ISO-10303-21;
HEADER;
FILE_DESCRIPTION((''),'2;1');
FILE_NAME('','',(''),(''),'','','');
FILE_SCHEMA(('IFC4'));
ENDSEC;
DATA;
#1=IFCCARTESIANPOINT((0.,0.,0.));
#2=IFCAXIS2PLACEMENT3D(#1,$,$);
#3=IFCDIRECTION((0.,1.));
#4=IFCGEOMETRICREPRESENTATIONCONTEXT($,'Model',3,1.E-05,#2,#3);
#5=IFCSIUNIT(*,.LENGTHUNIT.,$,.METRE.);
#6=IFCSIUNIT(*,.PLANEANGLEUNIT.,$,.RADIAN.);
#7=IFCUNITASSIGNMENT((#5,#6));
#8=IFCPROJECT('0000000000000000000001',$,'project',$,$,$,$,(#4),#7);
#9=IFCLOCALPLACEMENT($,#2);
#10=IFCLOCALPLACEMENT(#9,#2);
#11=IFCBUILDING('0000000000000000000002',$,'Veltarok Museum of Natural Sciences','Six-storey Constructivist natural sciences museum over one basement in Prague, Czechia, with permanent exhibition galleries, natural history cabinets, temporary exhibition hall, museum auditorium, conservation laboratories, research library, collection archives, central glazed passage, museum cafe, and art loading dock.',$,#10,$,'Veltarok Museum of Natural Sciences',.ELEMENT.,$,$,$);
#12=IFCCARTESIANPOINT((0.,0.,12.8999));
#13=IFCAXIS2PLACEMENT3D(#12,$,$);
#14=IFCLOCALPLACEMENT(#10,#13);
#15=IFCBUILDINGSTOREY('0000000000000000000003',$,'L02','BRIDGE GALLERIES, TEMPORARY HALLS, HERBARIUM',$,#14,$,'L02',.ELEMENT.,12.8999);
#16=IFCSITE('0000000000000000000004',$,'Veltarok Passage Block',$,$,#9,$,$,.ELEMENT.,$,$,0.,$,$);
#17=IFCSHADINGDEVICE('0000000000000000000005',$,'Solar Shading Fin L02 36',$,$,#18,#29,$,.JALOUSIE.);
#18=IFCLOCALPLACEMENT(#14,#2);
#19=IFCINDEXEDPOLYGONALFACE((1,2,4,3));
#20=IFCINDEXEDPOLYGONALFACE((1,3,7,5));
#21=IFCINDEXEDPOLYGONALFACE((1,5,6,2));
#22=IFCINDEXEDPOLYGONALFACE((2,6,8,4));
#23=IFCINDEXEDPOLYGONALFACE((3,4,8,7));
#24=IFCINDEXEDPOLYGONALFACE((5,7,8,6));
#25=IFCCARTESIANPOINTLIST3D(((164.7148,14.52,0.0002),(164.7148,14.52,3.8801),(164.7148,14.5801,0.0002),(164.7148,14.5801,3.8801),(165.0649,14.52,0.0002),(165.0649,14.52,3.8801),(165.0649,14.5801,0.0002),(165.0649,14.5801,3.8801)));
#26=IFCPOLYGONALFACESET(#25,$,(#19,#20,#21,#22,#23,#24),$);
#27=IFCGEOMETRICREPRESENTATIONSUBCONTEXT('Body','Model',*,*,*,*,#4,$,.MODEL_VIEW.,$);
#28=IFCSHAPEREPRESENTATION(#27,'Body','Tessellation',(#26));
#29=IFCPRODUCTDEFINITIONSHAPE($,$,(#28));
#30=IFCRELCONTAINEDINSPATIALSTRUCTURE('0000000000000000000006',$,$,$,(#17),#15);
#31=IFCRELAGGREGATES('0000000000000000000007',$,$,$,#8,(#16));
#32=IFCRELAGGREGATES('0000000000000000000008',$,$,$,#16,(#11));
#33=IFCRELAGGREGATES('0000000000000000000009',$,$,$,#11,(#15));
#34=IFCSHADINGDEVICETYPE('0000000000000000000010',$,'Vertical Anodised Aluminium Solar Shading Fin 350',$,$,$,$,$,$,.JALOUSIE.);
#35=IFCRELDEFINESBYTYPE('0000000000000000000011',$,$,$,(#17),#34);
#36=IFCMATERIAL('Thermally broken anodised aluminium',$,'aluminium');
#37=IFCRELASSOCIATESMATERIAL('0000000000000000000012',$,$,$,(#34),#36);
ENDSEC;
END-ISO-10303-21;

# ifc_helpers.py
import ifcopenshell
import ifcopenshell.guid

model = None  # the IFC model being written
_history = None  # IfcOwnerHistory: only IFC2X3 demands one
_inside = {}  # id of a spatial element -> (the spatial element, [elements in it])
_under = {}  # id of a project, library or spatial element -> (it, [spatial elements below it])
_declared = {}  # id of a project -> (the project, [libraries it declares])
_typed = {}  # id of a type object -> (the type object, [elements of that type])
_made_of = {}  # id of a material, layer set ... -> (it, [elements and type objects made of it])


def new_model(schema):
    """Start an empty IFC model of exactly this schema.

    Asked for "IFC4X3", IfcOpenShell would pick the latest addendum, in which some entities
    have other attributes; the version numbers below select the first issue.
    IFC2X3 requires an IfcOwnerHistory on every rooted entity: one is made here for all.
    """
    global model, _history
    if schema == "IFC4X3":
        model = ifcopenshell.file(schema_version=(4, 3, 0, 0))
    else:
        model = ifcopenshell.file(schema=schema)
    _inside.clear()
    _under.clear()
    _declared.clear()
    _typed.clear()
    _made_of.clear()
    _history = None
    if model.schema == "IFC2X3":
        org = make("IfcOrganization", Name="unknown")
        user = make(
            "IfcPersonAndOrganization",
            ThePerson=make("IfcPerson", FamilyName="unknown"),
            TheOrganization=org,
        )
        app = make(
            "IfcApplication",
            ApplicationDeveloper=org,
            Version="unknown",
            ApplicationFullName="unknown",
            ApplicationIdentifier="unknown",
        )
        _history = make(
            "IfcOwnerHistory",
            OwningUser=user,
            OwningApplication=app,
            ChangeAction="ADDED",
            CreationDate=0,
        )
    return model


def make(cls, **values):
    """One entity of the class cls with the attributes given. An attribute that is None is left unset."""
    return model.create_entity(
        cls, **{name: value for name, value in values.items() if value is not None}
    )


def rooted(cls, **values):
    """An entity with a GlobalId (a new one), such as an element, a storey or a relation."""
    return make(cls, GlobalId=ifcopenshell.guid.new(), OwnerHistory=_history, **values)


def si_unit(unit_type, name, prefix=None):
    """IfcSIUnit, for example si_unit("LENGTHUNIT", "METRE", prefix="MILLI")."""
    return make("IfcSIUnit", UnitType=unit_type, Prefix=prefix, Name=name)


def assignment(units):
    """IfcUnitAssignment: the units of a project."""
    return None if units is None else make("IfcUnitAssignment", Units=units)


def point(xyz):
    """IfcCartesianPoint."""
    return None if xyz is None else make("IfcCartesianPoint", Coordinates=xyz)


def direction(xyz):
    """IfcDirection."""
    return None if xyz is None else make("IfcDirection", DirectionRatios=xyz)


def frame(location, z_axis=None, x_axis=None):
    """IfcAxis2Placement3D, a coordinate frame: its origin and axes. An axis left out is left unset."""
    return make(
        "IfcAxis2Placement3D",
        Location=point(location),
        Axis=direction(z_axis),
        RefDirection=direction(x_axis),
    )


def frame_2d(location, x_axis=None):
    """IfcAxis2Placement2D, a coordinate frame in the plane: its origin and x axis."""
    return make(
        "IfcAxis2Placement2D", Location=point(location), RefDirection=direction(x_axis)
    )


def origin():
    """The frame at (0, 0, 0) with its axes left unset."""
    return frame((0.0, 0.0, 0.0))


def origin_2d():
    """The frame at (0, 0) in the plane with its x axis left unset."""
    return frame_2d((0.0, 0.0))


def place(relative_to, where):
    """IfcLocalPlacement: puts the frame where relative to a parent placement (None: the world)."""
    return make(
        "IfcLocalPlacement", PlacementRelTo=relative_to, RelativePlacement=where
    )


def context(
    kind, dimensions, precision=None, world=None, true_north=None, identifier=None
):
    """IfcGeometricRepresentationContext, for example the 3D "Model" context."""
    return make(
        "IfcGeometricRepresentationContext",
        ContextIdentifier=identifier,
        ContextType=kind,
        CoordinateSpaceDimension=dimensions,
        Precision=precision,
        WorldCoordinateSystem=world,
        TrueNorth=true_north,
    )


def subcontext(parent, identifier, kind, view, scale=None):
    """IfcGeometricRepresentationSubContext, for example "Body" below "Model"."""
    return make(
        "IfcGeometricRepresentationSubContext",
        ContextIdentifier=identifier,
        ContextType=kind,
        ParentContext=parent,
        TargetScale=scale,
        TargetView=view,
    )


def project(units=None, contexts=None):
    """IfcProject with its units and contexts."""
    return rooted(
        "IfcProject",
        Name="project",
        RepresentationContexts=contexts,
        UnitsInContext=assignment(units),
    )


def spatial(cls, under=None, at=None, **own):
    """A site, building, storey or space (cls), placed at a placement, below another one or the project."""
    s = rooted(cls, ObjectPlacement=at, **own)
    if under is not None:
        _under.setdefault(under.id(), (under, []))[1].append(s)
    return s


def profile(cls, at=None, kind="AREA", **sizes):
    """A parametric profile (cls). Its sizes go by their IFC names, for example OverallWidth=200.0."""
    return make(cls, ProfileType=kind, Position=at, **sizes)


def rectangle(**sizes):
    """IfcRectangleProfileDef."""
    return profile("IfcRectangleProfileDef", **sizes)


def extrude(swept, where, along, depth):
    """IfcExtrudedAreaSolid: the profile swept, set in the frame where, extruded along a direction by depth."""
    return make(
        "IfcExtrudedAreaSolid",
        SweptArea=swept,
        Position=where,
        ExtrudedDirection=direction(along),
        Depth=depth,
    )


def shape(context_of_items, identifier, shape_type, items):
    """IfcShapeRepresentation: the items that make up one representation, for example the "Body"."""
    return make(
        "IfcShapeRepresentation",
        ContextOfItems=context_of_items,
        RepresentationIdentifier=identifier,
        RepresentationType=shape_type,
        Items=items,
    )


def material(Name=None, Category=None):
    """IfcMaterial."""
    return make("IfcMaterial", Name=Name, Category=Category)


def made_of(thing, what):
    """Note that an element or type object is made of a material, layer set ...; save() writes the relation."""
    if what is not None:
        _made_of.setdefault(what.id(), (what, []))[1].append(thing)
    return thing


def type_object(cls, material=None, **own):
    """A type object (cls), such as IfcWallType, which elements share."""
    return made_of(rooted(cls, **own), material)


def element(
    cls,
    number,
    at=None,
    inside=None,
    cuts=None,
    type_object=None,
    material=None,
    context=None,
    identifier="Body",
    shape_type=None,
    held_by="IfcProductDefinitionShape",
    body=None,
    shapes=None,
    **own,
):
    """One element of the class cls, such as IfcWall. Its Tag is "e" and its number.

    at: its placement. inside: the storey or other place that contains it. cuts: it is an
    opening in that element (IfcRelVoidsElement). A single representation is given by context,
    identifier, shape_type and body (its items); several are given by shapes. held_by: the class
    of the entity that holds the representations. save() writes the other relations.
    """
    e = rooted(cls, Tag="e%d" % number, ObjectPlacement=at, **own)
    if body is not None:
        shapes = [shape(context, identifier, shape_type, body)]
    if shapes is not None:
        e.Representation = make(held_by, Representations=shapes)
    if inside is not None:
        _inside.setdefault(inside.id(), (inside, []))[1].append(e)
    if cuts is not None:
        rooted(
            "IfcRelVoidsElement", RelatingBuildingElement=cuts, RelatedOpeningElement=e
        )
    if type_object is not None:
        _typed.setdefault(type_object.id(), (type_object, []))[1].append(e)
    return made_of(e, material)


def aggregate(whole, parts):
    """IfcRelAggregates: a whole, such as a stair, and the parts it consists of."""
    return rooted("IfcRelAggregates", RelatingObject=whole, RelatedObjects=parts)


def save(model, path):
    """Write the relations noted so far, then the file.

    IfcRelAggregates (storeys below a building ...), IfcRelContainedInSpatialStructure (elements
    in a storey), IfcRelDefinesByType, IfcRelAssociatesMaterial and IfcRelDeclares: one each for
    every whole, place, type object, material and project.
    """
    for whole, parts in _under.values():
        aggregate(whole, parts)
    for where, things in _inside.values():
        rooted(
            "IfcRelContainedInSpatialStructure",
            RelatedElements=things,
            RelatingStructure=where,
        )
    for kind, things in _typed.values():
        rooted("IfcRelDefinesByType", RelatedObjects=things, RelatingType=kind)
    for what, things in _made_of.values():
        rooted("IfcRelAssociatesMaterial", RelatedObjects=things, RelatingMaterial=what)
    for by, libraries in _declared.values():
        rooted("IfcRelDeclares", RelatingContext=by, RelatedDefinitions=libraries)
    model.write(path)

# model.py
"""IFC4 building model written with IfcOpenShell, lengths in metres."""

from ifc_helpers import new_model, si_unit, direction, frame, origin, origin_2d, place, context, subcontext, project, spatial, rectangle, extrude, material, type_object, element, save


model = new_model("IFC4")

# Units and contexts
model_context = context("Model", 3, precision=1e-05, world=origin(), true_north=direction((0.0, 1.0)))
body_context = subcontext(model_context, "Body", "Model", "MODEL_VIEW")
ifc_project = project(units=[si_unit("LENGTHUNIT", "METRE"), si_unit("PLANEANGLEUNIT", "RADIAN")], contexts=[model_context])

# Site, building, storey
site_placement = place(None, origin())
site = spatial("IfcSite", under=ifc_project, at=site_placement, Name="Veltarok Passage Block", CompositionType="ELEMENT", RefElevation=0.0)
building_placement = place(site_placement, origin())
building = spatial("IfcBuilding", under=site, at=building_placement, Name="Veltarok Museum of Natural Sciences", Description="Six-storey Constructivist natural sciences museum over one basement in Prague, Czechia, with permanent exhibition galleries, natural history cabinets, temporary exhibition hall, museum auditorium, conservation laboratories, research library, collection archives, central glazed passage, museum cafe, and art loading dock.", LongName="Veltarok Museum of Natural Sciences", CompositionType="ELEMENT")
storey_placement = place(building_placement, frame((0.0, 0.0, 12.8999)))
storey = spatial("IfcBuildingStorey", under=building, at=storey_placement, Name="L02", Description="BRIDGE GALLERIES, TEMPORARY HALLS, HERBARIUM", LongName="L02", CompositionType="ELEMENT", Elevation=12.8999)

# Shared definitions
ifc_material_1 = material(Name="Thermally broken anodised aluminium", Category="aluminium")

# Shading device
shading_device_type = type_object("IfcShadingDeviceType", Name="Vertical Anodised Aluminium Solar Shading Fin 350", PredefinedType="JALOUSIE", material=ifc_material_1)
for number, where, z_axis, x_axis, name in (
    (1, (164.8899, 14.55, 0.0002), (0.0, 0.0, 1.0), (1.0, 0.0, 0.0), "Solar Shading Fin L02 36"),
):
    element("IfcShadingDevice", number, at=place(storey_placement, frame(where, z_axis=z_axis, x_axis=x_axis)), inside=storey, type_object=shading_device_type, Name=name, PredefinedType="JALOUSIE", context=body_context, shape_type="SweptSolid", body=[
        extrude(rectangle(XDim=0.3501, YDim=0.0601, at=origin_2d()), origin(), (0.0, 0.0, 1.0), 3.8799),
    ])

save(model, "model.ifc")
